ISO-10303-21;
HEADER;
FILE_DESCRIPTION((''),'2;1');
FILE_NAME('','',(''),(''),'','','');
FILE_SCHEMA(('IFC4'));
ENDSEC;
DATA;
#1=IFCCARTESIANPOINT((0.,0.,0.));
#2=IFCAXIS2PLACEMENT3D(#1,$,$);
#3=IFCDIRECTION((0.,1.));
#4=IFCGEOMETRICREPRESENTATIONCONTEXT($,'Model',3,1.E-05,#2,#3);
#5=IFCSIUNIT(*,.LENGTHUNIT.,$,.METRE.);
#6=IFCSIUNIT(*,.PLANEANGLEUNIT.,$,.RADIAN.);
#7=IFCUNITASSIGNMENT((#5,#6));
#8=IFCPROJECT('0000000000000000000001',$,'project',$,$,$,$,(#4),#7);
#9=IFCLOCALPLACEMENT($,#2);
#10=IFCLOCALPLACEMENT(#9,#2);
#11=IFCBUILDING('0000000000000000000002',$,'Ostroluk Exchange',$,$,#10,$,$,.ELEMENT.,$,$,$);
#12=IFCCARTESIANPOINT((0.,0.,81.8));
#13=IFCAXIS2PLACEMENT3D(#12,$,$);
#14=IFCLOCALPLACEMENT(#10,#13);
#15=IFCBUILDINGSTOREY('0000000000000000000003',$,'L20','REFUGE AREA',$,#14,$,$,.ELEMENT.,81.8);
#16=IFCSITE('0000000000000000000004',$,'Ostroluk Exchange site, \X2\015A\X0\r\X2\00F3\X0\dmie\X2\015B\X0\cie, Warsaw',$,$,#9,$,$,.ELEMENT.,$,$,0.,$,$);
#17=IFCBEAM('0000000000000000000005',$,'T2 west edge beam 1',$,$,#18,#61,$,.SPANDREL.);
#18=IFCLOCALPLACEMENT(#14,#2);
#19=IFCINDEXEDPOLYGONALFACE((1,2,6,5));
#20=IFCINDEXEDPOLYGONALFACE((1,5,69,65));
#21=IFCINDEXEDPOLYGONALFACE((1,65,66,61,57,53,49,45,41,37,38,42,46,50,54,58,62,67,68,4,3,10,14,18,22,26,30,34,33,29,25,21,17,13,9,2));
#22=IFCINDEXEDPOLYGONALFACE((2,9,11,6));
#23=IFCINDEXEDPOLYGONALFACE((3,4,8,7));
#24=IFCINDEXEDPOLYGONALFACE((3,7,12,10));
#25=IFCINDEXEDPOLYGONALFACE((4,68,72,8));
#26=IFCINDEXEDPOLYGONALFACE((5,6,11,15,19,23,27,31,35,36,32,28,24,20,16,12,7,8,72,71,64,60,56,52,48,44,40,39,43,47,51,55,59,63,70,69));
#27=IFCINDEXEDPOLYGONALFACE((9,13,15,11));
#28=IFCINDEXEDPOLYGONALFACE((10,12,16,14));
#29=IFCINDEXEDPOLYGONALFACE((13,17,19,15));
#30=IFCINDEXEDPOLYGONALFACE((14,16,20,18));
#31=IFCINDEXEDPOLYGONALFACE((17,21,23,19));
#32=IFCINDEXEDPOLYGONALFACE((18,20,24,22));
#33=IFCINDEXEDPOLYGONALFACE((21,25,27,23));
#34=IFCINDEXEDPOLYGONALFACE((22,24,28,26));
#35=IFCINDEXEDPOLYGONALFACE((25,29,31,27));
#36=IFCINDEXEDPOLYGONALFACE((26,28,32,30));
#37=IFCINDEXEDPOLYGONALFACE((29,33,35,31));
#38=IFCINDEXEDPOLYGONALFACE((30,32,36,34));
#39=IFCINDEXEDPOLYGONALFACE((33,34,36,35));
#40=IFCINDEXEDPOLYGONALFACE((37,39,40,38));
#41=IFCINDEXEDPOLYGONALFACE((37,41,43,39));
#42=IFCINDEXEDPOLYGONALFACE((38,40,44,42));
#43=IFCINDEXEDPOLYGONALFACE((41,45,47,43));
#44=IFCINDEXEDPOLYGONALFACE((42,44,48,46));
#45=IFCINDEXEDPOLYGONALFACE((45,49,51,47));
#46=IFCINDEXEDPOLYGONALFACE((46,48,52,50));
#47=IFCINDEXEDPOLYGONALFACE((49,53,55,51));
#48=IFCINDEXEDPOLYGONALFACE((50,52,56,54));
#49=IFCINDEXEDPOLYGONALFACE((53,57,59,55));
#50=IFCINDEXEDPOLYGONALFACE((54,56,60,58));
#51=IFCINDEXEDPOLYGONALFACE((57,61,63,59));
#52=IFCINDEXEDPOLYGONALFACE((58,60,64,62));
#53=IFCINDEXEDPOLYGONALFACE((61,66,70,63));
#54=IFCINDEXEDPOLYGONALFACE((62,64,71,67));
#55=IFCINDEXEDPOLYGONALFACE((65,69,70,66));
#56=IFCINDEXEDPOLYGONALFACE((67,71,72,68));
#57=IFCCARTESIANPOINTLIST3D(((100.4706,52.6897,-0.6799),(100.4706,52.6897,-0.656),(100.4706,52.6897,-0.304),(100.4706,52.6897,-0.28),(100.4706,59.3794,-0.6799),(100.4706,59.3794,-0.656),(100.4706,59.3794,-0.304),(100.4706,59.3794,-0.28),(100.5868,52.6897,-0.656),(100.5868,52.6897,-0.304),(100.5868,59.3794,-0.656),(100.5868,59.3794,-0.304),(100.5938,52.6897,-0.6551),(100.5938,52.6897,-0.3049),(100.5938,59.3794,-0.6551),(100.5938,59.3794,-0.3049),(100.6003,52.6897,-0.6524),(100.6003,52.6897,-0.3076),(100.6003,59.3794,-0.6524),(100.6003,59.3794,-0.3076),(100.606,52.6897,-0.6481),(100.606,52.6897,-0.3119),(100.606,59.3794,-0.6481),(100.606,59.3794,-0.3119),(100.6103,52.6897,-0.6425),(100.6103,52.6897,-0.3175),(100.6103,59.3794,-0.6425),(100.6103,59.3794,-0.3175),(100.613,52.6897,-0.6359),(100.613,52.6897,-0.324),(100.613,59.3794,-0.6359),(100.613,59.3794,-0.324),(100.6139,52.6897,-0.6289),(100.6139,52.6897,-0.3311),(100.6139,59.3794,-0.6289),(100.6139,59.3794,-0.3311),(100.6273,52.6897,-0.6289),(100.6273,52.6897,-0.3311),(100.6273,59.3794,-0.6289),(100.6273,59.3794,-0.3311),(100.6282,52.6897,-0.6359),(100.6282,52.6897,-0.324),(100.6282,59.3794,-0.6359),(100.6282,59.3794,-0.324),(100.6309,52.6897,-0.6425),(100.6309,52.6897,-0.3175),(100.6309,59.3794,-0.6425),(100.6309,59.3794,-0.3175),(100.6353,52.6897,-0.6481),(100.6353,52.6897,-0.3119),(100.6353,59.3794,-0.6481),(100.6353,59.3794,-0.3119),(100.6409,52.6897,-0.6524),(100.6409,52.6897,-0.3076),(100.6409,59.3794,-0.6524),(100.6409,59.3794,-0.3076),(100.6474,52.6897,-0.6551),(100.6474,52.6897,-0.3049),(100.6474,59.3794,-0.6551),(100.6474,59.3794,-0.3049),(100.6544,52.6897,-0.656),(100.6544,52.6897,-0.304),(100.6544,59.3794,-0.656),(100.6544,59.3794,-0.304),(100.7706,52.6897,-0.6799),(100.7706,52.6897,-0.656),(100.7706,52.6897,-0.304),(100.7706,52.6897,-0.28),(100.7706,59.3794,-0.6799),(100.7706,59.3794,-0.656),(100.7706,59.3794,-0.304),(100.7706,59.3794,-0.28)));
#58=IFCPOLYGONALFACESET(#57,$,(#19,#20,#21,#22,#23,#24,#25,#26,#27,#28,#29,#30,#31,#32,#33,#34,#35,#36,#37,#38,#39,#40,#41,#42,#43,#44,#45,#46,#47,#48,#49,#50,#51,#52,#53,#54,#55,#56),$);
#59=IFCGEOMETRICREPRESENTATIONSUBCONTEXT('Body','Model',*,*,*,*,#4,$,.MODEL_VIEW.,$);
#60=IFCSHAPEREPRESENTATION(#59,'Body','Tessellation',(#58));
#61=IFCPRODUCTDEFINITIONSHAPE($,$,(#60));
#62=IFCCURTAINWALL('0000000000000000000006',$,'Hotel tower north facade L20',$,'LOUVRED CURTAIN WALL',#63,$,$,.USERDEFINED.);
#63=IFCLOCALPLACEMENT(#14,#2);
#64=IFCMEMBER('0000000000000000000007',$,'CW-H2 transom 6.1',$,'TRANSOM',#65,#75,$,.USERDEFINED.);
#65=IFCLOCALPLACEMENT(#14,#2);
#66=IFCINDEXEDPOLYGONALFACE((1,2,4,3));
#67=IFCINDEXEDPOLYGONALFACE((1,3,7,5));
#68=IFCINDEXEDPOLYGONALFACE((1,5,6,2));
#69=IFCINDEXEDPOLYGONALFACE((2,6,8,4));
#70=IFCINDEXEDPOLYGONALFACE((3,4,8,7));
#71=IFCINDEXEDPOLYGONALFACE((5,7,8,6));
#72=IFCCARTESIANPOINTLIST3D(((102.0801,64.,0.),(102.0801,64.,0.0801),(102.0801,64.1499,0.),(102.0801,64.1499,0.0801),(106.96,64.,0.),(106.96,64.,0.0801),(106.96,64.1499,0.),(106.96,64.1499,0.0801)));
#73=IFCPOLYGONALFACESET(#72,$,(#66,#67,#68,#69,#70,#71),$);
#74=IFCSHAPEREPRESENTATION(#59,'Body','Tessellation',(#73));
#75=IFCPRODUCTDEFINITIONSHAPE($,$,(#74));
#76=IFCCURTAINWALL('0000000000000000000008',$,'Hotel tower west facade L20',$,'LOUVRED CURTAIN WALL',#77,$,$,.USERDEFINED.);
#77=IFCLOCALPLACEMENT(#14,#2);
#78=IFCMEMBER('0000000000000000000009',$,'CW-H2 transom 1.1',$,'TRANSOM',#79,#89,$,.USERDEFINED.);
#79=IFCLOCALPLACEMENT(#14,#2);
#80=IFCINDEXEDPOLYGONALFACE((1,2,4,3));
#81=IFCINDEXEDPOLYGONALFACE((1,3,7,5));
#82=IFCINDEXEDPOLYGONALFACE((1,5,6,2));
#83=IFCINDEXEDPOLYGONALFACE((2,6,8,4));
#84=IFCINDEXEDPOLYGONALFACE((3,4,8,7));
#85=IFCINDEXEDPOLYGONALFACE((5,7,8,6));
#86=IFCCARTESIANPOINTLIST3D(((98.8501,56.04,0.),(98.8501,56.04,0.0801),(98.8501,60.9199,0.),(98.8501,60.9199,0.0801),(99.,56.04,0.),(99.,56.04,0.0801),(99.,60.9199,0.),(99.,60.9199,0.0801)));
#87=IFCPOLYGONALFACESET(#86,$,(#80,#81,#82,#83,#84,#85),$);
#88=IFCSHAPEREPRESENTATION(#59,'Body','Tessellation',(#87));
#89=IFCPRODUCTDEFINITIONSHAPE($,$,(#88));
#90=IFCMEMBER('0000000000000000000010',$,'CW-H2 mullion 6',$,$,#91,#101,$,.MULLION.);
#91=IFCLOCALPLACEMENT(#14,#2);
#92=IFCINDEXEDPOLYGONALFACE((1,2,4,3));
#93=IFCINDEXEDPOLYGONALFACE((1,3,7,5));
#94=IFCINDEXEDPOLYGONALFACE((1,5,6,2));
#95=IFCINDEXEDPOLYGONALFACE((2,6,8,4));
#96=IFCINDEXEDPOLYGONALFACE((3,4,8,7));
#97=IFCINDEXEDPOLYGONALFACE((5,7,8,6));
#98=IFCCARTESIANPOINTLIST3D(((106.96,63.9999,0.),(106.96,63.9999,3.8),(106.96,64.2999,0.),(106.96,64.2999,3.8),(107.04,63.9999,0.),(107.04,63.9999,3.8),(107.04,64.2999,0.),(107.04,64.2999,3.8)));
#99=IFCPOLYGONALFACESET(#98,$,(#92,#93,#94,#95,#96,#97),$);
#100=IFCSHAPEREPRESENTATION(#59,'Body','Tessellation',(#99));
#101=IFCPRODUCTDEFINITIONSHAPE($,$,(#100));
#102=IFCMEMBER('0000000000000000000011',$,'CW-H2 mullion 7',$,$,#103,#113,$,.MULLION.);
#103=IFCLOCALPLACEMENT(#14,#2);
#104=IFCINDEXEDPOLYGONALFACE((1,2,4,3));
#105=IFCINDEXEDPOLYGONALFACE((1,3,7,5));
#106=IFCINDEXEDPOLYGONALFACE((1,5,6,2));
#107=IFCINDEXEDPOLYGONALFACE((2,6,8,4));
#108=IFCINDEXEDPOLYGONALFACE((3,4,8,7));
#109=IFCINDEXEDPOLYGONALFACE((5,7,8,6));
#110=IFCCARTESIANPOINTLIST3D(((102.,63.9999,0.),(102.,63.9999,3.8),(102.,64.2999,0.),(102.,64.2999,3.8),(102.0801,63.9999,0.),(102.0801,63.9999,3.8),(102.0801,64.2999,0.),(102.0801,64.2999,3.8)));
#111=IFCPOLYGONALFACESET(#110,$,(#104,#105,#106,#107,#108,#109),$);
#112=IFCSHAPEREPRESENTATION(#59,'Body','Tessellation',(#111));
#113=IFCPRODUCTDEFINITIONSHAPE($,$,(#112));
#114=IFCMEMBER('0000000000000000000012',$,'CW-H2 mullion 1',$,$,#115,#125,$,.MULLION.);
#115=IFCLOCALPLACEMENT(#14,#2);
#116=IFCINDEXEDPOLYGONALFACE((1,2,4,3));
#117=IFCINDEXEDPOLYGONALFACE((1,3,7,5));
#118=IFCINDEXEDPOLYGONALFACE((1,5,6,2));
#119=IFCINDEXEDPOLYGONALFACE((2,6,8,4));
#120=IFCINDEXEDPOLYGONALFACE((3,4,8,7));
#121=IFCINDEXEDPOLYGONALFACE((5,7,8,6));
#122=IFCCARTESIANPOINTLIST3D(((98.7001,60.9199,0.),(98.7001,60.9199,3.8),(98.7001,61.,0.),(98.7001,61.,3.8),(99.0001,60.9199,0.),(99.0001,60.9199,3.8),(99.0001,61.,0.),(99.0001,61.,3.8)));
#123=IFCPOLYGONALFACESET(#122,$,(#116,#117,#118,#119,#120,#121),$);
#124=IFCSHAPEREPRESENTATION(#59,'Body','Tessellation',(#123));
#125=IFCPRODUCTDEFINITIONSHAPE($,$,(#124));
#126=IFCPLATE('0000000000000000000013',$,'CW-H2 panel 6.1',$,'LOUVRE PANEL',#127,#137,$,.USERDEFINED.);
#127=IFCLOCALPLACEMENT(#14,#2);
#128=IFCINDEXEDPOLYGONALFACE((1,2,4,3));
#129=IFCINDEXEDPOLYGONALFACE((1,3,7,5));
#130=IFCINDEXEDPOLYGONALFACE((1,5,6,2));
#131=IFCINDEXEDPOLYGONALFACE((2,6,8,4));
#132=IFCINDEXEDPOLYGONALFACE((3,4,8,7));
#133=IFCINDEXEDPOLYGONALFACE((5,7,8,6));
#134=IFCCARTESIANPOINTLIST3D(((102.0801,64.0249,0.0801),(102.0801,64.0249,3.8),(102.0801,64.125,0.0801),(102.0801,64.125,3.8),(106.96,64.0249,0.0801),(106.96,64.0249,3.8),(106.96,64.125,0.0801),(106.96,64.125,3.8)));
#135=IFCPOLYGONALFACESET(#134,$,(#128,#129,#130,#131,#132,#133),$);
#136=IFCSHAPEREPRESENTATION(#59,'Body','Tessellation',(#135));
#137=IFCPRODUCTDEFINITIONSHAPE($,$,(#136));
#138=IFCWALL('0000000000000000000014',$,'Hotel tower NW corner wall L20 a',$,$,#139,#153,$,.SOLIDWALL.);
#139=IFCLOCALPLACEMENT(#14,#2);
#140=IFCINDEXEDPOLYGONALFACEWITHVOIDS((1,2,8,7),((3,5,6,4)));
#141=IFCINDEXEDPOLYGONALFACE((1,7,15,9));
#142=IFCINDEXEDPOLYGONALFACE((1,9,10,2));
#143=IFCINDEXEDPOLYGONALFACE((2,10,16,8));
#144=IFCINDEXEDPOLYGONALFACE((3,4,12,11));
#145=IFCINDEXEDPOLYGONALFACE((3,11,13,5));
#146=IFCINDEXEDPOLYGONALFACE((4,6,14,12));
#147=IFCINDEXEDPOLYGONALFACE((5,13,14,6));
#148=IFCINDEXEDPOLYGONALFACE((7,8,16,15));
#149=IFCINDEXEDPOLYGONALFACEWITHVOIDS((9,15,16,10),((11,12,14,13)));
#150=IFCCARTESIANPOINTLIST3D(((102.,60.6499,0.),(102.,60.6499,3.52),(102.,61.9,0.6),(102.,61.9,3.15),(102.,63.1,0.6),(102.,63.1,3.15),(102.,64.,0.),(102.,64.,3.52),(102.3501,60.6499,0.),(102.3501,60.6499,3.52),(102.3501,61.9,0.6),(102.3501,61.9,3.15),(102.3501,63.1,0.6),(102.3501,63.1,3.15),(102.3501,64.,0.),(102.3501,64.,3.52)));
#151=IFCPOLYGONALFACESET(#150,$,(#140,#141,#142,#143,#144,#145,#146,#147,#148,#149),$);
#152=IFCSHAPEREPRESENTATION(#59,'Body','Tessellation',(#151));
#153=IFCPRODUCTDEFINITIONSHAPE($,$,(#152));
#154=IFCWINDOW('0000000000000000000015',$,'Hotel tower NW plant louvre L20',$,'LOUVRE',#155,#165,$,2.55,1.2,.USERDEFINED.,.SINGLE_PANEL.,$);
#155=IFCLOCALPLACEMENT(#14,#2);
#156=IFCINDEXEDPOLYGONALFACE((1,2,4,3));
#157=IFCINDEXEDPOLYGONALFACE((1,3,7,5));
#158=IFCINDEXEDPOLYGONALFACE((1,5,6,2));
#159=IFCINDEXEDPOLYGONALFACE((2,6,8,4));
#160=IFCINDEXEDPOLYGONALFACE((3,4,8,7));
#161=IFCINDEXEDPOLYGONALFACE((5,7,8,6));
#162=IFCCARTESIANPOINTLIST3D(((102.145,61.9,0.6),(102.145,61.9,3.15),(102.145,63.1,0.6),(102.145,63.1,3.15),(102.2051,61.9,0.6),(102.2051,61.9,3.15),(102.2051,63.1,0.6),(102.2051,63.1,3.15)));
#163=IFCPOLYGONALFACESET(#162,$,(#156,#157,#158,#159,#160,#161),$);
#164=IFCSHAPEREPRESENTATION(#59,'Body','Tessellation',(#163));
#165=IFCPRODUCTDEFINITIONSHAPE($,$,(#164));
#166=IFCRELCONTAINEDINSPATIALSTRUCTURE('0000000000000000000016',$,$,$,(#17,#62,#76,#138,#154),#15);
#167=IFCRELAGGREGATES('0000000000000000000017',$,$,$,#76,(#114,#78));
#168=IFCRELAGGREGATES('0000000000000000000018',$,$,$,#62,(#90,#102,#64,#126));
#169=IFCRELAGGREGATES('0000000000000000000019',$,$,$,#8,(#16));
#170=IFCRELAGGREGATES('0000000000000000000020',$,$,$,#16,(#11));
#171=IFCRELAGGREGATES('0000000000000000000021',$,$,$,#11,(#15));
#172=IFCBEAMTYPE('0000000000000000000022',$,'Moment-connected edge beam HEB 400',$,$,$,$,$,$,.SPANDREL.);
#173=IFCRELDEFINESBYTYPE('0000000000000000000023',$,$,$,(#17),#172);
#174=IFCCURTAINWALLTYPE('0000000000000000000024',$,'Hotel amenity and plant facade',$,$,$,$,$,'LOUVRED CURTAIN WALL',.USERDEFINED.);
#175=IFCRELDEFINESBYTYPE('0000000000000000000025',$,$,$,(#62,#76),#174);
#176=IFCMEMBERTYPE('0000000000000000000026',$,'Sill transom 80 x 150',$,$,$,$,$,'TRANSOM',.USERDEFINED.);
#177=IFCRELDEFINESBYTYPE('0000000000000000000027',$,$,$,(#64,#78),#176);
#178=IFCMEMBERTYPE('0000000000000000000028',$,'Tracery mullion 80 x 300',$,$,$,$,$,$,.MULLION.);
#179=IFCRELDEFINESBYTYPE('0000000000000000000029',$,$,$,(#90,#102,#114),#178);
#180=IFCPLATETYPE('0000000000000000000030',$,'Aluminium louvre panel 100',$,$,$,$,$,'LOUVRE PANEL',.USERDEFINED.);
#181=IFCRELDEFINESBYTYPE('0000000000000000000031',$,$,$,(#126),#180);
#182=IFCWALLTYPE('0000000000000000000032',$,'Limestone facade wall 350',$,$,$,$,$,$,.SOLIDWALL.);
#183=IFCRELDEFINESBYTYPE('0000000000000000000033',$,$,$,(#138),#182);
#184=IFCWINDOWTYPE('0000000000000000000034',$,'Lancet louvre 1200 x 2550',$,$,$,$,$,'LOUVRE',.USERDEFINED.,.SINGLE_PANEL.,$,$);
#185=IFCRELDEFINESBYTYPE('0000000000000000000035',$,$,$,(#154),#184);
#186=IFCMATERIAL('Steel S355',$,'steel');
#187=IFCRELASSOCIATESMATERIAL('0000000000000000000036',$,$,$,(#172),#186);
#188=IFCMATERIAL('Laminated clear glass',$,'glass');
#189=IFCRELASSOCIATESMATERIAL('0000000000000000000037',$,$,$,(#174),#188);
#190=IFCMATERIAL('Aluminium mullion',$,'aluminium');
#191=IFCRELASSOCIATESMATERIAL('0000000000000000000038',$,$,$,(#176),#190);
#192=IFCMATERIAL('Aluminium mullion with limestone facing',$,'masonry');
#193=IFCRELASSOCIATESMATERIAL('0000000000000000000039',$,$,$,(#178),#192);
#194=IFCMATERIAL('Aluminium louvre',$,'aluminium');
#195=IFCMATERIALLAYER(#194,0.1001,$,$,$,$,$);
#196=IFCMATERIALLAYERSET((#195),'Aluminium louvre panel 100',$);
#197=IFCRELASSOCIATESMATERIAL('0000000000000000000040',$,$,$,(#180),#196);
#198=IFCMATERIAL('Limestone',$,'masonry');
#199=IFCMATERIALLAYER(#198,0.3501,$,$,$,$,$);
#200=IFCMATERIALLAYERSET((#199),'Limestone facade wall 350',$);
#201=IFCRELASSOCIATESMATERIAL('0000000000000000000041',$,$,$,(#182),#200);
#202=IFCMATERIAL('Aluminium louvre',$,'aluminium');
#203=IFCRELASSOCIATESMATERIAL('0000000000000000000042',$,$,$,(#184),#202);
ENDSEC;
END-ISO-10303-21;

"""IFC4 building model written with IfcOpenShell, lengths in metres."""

from ifc_helpers import new_model, si_unit, direction, frame, frame_2d, origin, origin_2d, place, context, subcontext, project, spatial, rectangle, i_section, extrude, material, layer, layer_set, material_profile, profile_set, type_object, element, fill, aggregate, save


model = new_model("IFC4")

# Units and contexts
model_context = context("Model", 3, precision=1e-05, world=origin(), true_north=direction((0.0, 1.0)))
body_context = subcontext(model_context, "Body", "Model", "MODEL_VIEW")
ifc_project = project(units=[si_unit("LENGTHUNIT", "METRE"), si_unit("PLANEANGLEUNIT", "RADIAN")], contexts=[model_context])

# Site, building, storey
site_placement = place(None, origin())
site = spatial("IfcSite", under=ifc_project, at=site_placement, Name="Ostroluk Exchange site, Śródmieście, Warsaw", CompositionType="ELEMENT", RefElevation=0.0)
building_placement = place(site_placement, origin())
building = spatial("IfcBuilding", under=site, at=building_placement, Name="Ostroluk Exchange", CompositionType="ELEMENT")
storey_placement = place(building_placement, frame((0.0, 0.0, 81.8)))
storey = spatial("IfcBuildingStorey", under=building, at=storey_placement, Name="L20", Description="REFUGE AREA", CompositionType="ELEMENT", Elevation=81.8)

# Beam
ifc_material_1 = material(Name="Steel S355", Category="steel")
ifc_material_profile_1 = material_profile(ifc_material_1, i_section(OverallWidth=0.3, OverallDepth=0.3999, WebThickness=0.0134, FlangeThickness=0.0239, FilletRadius=0.0271, at=origin_2d()), Name="HEB 400")
ifc_profile_set_1 = profile_set([ifc_material_profile_1], Name="Steel S355")
beam_type_1 = type_object("IfcBeamType", Name="Moment-connected edge beam HEB 400", PredefinedType="SPANDREL", material=ifc_profile_set_1)
beam_1_placement = place(storey_placement, frame((100.6206, 59.3794, -0.48), z_axis=(0.0, -1.0, 0.0), x_axis=(1.0, 0.0, 0.0)))
element("IfcBeam", 1, at=beam_1_placement, inside=storey, type_object=beam_type_1, Name="T2 west edge beam 1", PredefinedType="SPANDREL", context=body_context, shape_type="SweptSolid", body=[
    extrude(i_section(OverallWidth=0.3, OverallDepth=0.3999, WebThickness=0.0134, FlangeThickness=0.0239, FilletRadius=0.0271, at=origin_2d()), origin(), (0.0, 0.0, 1.0), 6.6897),
])

# Curtain walls, members
ifc_material_2 = material(Name="Laminated clear glass", Category="glass")
curtain_wall_type = type_object("IfcCurtainWallType", Name="Hotel amenity and plant facade", ElementType="LOUVRED CURTAIN WALL", PredefinedType="USERDEFINED", material=ifc_material_2)
curtain_wall_1_placement = place(storey_placement, origin())
curtain_wall_1 = element("IfcCurtainWall", 2, at=curtain_wall_1_placement, inside=storey, type_object=curtain_wall_type, Name="Hotel tower north facade L20", ObjectType="LOUVRED CURTAIN WALL", PredefinedType="USERDEFINED")
ifc_material_3 = material(Name="Aluminium mullion", Category="aluminium")
ifc_material_profile_2 = material_profile(ifc_material_3, rectangle(XDim=0.1499, YDim=0.0801, at=origin_2d()), Name="Sill transom 80 x 150")
ifc_profile_set_2 = profile_set([ifc_material_profile_2], Name="Aluminium mullion")
member_type_1 = type_object("IfcMemberType", Name="Sill transom 80 x 150", ElementType="TRANSOM", PredefinedType="USERDEFINED", material=ifc_profile_set_2)
member_1_placement = place(storey_placement, frame((106.96, 64.075, 0.04), z_axis=(-1.0, 0.0, 0.0), x_axis=(0.0, -1.0, 0.0)))
member_1 = element("IfcMember", 3, at=member_1_placement, type_object=member_type_1, Name="CW-H2 transom 6.1", ObjectType="TRANSOM", PredefinedType="USERDEFINED", context=body_context, shape_type="SweptSolid", body=[
    extrude(rectangle(XDim=0.1499, YDim=0.0801, at=origin_2d()), origin(), (0.0, 0.0, 1.0), 4.8799),
])
curtain_wall_2_placement = place(storey_placement, origin())
curtain_wall_2 = element("IfcCurtainWall", 4, at=curtain_wall_2_placement, inside=storey, type_object=curtain_wall_type, Name="Hotel tower west facade L20", ObjectType="LOUVRED CURTAIN WALL", PredefinedType="USERDEFINED")
member_2_placement = place(storey_placement, frame((98.925, 60.9199, 0.04), z_axis=(0.0, -1.0, 0.0), x_axis=(1.0, 0.0, 0.0)))
member_2 = element("IfcMember", 5, at=member_2_placement, type_object=member_type_1, Name="CW-H2 transom 1.1", ObjectType="TRANSOM", PredefinedType="USERDEFINED", context=body_context, shape_type="SweptSolid", body=[
    extrude(rectangle(XDim=0.1499, YDim=0.0801, at=origin_2d()), origin(), (0.0, 0.0, 1.0), 4.8799),
])

# Members
ifc_material_4 = material(Name="Aluminium mullion with limestone facing", Category="masonry")
ifc_material_profile_3 = material_profile(ifc_material_4, rectangle(XDim=0.3, YDim=0.0801, at=origin_2d()), Name="Tracery mullion 80 x 300")
ifc_profile_set_3 = profile_set([ifc_material_profile_3], Name="Aluminium mullion with limestone facing")
member_type_2 = type_object("IfcMemberType", Name="Tracery mullion 80 x 300", PredefinedType="MULLION", material=ifc_profile_set_3)
member_3_placement = place(storey_placement, frame((107.0, 64.1499, 0.0), z_axis=(0.0, 0.0, 1.0), x_axis=(0.0, -1.0, 0.0)))
member_3 = element("IfcMember", 6, at=member_3_placement, type_object=member_type_2, Name="CW-H2 mullion 6", PredefinedType="MULLION", context=body_context, shape_type="SweptSolid", body=[
    extrude(rectangle(XDim=0.3, YDim=0.0801, at=origin_2d()), origin(), (0.0, 0.0, 1.0), 3.8),
])
member_4_placement = place(storey_placement, frame((102.04, 64.1499, 0.0), z_axis=(0.0, 0.0, 1.0), x_axis=(0.0, -1.0, 0.0)))
member_4 = element("IfcMember", 7, at=member_4_placement, type_object=member_type_2, Name="CW-H2 mullion 7", PredefinedType="MULLION", context=body_context, shape_type="SweptSolid", body=[
    extrude(rectangle(XDim=0.3, YDim=0.0801, at=origin_2d()), origin(), (0.0, 0.0, 1.0), 3.8),
])
member_5_placement = place(storey_placement, frame((98.8501, 60.96, 0.0), z_axis=(0.0, 0.0, 1.0), x_axis=(1.0, 0.0, 0.0)))
member_5 = element("IfcMember", 8, at=member_5_placement, type_object=member_type_2, Name="CW-H2 mullion 1", PredefinedType="MULLION", context=body_context, shape_type="SweptSolid", body=[
    extrude(rectangle(XDim=0.3, YDim=0.0801, at=origin_2d()), origin(), (0.0, 0.0, 1.0), 3.8),
])
aggregate(curtain_wall_2, [member_5, member_2])

# Plate
ifc_material_5 = material(Name="Aluminium louvre", Category="aluminium")
ifc_layer_1 = layer(ifc_material_5, 0.1001)
ifc_layer_set_1 = layer_set([ifc_layer_1], Name="Aluminium louvre panel 100")
plate_type = type_object("IfcPlateType", Name="Aluminium louvre panel 100", ElementType="LOUVRE PANEL", PredefinedType="USERDEFINED", material=ifc_layer_set_1)
plate_placement = place(storey_placement, frame((104.52, 64.075, 0.0801), z_axis=(0.0, 0.0, 1.0), x_axis=(-1.0, 0.0, 0.0)))
plate = element("IfcPlate", 9, at=plate_placement, type_object=plate_type, Name="CW-H2 panel 6.1", ObjectType="LOUVRE PANEL", PredefinedType="USERDEFINED", context=body_context, shape_type="SweptSolid", body=[
    extrude(rectangle(XDim=4.8799, YDim=0.1001, at=origin_2d()), origin(), (0.0, 0.0, 1.0), 3.72),
])
aggregate(curtain_wall_1, [member_3, member_4, member_1, plate])

# Wall, opening, window
ifc_material_6 = material(Name="Limestone", Category="masonry")
ifc_layer_2 = layer(ifc_material_6, 0.3501)
ifc_layer_set_2 = layer_set([ifc_layer_2], Name="Limestone facade wall 350")
wall_type = type_object("IfcWallType", Name="Limestone facade wall 350", PredefinedType="SOLIDWALL", material=ifc_layer_set_2)
wall_1_placement = place(storey_placement, frame((102.175, 64.0, 0.0), z_axis=(0.0, 0.0, 1.0), x_axis=(0.0, -1.0, 0.0)))
wall_1 = element("IfcWall", 10, at=wall_1_placement, inside=storey, type_object=wall_type, Name="Hotel tower NW corner wall L20 a", PredefinedType="SOLIDWALL", context=body_context, shape_type="SweptSolid", body=[
    extrude(rectangle(XDim=3.3501, YDim=0.3501, at=frame_2d((1.675, 0.0))), origin(), (0.0, 0.0, 1.0), 3.52),
])
opening_1_placement = place(wall_1_placement, frame((0.8999, 0.0, 0.6001)))
opening_1 = element("IfcOpeningElement", 11, at=opening_1_placement, cuts=wall_1, PredefinedType="OPENING", context=body_context, shape_type="SweptSolid", body=[
    extrude(rectangle(XDim=1.2, YDim=2.55, at=frame_2d((0.6001, 1.2749))), frame((0.0, 0.1851, 0.0), z_axis=(0.0, -1.0, 0.0), x_axis=(1.0, 0.0, 0.0)), (0.0, 0.0, 1.0), 0.3701),
])
ifc_material_7 = material(Name="Aluminium louvre", Category="aluminium")
window_type = type_object("IfcWindowType", Name="Lancet louvre 1200 x 2550", ElementType="LOUVRE", PartitioningType="SINGLE_PANEL", PredefinedType="USERDEFINED", material=ifc_material_7)
window_placement = place(opening_1_placement, origin())
window = element("IfcWindow", 12, at=window_placement, inside=storey, type_object=window_type, Name="Hotel tower NW plant louvre L20", ObjectType="LOUVRE", OverallHeight=2.55, OverallWidth=1.2, PartitioningType="SINGLE_PANEL", PredefinedType="USERDEFINED", context=body_context, shape_type="SweptSolid", body=[
    extrude(rectangle(XDim=1.2, YDim=2.55, at=frame_2d((0.6001, 1.2749))), frame((0.0, 0.03, 0.0), z_axis=(0.0, -1.0, 0.0), x_axis=(1.0, 0.0, 0.0)), (0.0, 0.0, 1.0), 0.0601),
])
fill(opening_1, window)

save(model, "model.ifc")
